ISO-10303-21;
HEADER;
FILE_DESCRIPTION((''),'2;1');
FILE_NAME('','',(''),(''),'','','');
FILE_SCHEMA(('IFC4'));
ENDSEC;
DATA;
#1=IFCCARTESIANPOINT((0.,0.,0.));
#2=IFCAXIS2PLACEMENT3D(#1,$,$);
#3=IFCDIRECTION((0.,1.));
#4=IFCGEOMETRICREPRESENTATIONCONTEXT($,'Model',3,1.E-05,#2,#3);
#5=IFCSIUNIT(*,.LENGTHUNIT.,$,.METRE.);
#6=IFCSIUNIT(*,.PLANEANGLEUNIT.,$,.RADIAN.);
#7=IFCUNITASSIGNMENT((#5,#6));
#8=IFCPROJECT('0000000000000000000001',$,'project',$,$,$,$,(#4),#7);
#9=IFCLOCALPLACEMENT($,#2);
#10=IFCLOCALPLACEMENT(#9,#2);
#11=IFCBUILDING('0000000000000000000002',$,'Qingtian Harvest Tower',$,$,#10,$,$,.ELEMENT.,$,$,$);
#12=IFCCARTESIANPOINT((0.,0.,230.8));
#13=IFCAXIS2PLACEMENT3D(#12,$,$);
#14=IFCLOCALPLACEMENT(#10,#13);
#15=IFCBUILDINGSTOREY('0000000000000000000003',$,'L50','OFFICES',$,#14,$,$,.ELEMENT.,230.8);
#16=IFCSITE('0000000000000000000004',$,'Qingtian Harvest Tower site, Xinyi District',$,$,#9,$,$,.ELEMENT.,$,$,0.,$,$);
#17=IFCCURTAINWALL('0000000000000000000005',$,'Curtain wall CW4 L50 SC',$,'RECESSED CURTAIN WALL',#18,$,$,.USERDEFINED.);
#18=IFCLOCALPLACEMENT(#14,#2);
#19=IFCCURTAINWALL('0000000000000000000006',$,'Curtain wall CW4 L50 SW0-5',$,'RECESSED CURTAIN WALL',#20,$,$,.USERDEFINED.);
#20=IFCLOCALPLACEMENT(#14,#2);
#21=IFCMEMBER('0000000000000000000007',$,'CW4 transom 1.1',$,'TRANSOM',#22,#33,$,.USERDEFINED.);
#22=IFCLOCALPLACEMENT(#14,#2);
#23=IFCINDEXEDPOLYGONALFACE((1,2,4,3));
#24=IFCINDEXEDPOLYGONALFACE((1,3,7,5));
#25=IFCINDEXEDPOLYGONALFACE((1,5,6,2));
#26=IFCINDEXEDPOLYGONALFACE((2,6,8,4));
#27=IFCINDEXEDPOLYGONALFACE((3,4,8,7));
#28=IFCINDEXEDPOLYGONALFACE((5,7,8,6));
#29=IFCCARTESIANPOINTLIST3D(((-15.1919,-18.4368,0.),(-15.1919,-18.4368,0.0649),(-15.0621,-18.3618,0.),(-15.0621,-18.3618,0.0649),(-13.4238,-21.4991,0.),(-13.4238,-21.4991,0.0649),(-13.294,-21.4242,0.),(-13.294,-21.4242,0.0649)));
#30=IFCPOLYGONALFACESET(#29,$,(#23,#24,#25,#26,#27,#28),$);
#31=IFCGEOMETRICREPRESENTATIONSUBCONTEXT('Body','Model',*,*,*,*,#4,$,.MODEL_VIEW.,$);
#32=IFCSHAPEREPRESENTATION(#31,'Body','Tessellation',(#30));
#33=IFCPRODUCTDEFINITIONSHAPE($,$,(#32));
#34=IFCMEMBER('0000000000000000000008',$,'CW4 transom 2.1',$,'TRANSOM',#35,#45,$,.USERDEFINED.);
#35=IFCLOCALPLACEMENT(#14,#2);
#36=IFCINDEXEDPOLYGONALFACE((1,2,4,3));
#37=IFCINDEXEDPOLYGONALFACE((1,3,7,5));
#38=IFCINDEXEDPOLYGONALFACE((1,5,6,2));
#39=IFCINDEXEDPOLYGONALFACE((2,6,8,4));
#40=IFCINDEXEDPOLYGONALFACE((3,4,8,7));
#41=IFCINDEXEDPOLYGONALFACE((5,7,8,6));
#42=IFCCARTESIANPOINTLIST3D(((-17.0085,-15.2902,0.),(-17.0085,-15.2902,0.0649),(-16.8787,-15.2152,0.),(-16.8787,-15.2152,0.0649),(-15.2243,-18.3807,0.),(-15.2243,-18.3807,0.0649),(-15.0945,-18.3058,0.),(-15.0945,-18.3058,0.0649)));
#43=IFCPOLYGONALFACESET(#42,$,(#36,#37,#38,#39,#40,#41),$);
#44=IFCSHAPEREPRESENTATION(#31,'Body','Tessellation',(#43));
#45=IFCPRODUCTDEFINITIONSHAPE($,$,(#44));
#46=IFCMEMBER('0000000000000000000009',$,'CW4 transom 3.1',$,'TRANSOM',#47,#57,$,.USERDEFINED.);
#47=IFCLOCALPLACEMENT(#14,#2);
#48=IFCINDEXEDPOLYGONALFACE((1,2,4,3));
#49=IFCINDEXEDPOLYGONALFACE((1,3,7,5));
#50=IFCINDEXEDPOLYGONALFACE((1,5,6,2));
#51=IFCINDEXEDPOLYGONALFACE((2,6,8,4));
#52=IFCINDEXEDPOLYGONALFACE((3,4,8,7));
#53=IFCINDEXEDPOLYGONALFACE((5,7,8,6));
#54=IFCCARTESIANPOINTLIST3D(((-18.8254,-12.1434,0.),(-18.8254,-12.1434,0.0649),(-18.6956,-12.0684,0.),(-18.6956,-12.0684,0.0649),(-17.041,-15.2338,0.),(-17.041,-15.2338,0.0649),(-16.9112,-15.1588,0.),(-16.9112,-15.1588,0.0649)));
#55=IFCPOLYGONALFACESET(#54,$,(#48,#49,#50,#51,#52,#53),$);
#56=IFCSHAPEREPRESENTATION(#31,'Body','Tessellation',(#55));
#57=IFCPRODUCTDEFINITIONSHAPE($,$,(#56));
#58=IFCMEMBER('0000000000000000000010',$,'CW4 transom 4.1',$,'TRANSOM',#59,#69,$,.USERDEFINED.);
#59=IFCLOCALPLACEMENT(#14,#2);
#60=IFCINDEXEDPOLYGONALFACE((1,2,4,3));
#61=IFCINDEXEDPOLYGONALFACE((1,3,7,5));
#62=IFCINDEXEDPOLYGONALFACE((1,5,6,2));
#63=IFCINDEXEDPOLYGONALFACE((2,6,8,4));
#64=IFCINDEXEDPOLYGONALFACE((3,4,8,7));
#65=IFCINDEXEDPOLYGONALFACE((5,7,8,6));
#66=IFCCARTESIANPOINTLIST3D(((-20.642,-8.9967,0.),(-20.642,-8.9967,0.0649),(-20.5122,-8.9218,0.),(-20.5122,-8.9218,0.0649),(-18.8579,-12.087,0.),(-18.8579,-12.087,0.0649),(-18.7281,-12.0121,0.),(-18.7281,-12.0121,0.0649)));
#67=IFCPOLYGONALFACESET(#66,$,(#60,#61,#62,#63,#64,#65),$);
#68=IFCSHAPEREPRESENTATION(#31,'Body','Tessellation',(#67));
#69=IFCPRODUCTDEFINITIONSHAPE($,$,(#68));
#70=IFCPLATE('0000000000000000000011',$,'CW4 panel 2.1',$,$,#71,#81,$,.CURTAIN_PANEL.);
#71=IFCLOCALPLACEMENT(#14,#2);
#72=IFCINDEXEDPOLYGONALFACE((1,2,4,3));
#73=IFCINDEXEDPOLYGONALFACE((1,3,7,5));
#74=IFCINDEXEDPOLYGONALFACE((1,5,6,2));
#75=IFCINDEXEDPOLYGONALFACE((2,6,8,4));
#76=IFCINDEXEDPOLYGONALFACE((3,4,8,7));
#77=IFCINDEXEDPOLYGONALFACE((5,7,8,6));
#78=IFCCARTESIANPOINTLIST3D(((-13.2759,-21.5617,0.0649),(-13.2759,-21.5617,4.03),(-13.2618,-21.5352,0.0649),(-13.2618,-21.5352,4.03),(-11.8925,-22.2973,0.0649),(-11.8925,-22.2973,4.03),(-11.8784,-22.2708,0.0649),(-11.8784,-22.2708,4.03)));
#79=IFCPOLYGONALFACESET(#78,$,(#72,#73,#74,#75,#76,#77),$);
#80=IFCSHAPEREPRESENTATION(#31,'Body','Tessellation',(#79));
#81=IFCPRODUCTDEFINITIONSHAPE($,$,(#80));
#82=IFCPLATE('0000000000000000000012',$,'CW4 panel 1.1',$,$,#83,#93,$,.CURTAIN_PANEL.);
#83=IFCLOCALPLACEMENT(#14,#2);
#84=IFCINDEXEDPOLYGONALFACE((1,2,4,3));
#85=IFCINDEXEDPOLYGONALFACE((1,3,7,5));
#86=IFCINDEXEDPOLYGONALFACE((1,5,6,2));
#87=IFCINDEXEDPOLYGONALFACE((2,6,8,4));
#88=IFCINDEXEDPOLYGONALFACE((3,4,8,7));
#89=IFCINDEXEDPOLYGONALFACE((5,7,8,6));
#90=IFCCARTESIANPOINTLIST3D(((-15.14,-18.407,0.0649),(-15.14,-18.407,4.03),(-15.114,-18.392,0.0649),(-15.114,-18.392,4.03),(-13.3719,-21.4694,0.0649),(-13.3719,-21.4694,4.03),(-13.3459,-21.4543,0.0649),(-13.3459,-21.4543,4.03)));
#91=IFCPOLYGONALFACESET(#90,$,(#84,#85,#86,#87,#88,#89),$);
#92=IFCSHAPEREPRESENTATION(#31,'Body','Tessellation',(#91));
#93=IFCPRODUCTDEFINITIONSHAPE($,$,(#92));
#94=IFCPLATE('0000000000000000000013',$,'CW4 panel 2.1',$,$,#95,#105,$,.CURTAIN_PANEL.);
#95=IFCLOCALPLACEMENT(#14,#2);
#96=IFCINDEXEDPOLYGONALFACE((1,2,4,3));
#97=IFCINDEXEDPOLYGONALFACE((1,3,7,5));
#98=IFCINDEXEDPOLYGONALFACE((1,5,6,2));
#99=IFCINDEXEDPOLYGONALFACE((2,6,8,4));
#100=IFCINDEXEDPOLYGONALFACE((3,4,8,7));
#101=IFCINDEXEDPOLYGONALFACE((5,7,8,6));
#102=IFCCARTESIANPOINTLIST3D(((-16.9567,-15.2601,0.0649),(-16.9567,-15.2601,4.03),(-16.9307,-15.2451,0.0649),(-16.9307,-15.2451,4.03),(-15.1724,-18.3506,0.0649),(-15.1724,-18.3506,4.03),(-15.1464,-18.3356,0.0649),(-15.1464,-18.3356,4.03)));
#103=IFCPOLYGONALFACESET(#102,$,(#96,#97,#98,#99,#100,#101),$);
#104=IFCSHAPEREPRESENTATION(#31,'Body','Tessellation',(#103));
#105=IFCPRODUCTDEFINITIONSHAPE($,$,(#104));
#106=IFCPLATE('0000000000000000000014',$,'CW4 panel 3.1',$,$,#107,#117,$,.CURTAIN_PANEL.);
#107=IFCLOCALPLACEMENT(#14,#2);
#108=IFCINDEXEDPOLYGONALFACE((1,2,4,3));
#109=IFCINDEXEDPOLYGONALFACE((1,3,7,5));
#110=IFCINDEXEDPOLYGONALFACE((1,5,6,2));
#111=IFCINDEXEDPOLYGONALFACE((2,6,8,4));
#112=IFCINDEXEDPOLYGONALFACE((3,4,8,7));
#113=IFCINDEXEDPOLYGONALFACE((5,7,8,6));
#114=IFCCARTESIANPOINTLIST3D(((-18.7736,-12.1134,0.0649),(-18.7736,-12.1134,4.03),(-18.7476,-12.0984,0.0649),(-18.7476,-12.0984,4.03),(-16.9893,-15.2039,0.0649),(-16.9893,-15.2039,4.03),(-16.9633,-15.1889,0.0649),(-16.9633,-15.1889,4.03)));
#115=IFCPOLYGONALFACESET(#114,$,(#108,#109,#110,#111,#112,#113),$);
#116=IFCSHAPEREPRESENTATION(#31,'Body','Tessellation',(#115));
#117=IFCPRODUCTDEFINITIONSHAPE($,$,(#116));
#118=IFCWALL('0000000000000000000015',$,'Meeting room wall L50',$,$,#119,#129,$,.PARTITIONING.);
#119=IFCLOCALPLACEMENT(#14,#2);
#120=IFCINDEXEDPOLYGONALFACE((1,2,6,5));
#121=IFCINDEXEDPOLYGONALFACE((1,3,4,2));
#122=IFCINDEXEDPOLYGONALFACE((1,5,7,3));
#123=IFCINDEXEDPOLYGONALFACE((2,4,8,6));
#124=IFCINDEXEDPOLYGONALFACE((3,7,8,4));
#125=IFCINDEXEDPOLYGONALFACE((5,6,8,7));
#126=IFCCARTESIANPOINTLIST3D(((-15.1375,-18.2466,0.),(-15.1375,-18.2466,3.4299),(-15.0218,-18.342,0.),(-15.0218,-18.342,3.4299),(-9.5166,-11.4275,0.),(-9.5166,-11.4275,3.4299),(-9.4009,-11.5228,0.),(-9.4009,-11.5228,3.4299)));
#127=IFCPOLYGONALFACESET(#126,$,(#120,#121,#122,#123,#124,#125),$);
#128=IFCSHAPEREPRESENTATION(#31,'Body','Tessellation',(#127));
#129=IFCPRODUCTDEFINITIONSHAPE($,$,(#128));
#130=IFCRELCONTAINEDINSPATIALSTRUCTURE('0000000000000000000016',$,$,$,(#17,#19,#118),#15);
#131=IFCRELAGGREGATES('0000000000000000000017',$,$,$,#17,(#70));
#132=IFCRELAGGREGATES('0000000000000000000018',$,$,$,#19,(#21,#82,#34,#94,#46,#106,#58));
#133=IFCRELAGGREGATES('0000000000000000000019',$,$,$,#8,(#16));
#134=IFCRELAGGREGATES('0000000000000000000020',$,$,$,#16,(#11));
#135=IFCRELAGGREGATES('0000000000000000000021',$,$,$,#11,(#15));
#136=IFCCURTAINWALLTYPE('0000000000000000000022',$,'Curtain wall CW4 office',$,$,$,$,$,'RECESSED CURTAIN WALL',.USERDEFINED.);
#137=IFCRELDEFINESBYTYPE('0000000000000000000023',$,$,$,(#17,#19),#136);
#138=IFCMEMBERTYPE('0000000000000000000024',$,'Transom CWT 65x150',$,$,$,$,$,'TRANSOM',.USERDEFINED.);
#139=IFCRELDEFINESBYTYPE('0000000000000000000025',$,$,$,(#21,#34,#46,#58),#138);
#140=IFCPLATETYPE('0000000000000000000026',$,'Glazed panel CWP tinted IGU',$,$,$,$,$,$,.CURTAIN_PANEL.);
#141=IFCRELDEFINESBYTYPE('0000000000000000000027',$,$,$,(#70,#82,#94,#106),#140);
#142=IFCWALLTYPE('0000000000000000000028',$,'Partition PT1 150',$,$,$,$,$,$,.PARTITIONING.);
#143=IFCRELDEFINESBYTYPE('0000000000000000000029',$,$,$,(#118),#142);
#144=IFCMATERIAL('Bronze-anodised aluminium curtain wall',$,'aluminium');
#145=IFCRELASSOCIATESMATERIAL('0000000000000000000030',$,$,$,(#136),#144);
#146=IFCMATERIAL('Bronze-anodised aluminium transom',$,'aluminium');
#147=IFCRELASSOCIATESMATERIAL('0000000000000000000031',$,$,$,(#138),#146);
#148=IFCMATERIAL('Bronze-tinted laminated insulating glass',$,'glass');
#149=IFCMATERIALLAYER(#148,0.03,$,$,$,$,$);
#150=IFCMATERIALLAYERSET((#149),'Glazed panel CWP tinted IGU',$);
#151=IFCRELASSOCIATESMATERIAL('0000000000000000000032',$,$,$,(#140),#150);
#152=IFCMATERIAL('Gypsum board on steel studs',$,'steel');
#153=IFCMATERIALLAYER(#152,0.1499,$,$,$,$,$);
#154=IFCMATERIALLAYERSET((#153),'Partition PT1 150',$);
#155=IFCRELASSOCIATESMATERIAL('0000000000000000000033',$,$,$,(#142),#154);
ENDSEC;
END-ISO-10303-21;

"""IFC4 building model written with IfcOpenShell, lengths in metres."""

from ifc_helpers import new_model, si_unit, direction, frame, frame_2d, origin, origin_2d, place, context, subcontext, project, spatial, rectangle, extrude, material, layer, layer_set, material_profile, profile_set, type_object, element, aggregate, save


model = new_model("IFC4")

# Units and contexts
model_context = context("Model", 3, precision=1e-05, world=origin(), true_north=direction((0.0, 1.0)))
body_context = subcontext(model_context, "Body", "Model", "MODEL_VIEW")
ifc_project = project(units=[si_unit("LENGTHUNIT", "METRE"), si_unit("PLANEANGLEUNIT", "RADIAN")], contexts=[model_context])

# Site, building, storey
site_placement = place(None, origin())
site = spatial("IfcSite", under=ifc_project, at=site_placement, Name="Qingtian Harvest Tower site, Xinyi District", CompositionType="ELEMENT", RefElevation=0.0)
building_placement = place(site_placement, origin())
building = spatial("IfcBuilding", under=site, at=building_placement, Name="Qingtian Harvest Tower", CompositionType="ELEMENT")
storey_placement = place(building_placement, frame((0.0, 0.0, 230.8)))
storey = spatial("IfcBuildingStorey", under=building, at=storey_placement, Name="L50", Description="OFFICES", CompositionType="ELEMENT", Elevation=230.8)

# Curtain wall
ifc_material_1 = material(Name="Bronze-anodised aluminium curtain wall", Category="aluminium")
curtain_wall_type = type_object("IfcCurtainWallType", Name="Curtain wall CW4 office", ElementType="RECESSED CURTAIN WALL", PredefinedType="USERDEFINED", material=ifc_material_1)
curtain_wall_1_placement = place(storey_placement, origin())
curtain_wall_1 = element("IfcCurtainWall", 1, at=curtain_wall_1_placement, inside=storey, type_object=curtain_wall_type, Name="Curtain wall CW4 L50 SC", ObjectType="RECESSED CURTAIN WALL", PredefinedType="USERDEFINED")

# Curtain wall
curtain_wall_2_placement = place(storey_placement, origin())
curtain_wall_2 = element("IfcCurtainWall", 2, at=curtain_wall_2_placement, inside=storey, type_object=curtain_wall_type, Name="Curtain wall CW4 L50 SW0-5", ObjectType="RECESSED CURTAIN WALL", PredefinedType="USERDEFINED")

# Members
ifc_material_2 = material(Name="Bronze-anodised aluminium transom", Category="aluminium")
ifc_material_profile_1 = material_profile(ifc_material_2, rectangle(XDim=0.1499, YDim=0.0649, at=origin_2d()), Name="AL 65x150")
ifc_profile_set_1 = profile_set([ifc_material_profile_1], Name="Bronze-anodised aluminium transom")
member_type_1 = type_object("IfcMemberType", Name="Transom CWT 65x150", ElementType="TRANSOM", PredefinedType="USERDEFINED", material=ifc_profile_set_1)
member_1_placement = place(storey_placement, frame((-13.3589, -21.4617, 0.0325), z_axis=(-0.500015, 0.866017, 0.0), x_axis=(-0.866017, -0.500015, 0.0)))
member_1 = element("IfcMember", 3, at=member_1_placement, type_object=member_type_1, Name="CW4 transom 1.1", ObjectType="TRANSOM", PredefinedType="USERDEFINED", context=body_context, shape_type="SweptSolid", body=[
    extrude(rectangle(XDim=0.1499, YDim=0.0649, at=origin_2d()), origin(), (0.0, 0.0, 1.0), 3.5361),
])
member_2_placement = place(storey_placement, frame((-15.1594, -18.3433, 0.0325), z_axis=(-0.499965, 0.866045, 0.0), x_axis=(-0.866045, -0.499965, 0.0)))
member_2 = element("IfcMember", 4, at=member_2_placement, type_object=member_type_1, Name="CW4 transom 2.1", ObjectType="TRANSOM", PredefinedType="USERDEFINED", context=body_context, shape_type="SweptSolid", body=[
    extrude(rectangle(XDim=0.1499, YDim=0.0649, at=origin_2d()), origin(), (0.0, 0.0, 1.0), 3.5686),
])
member_3_placement = place(storey_placement, frame((-16.9761, -15.1963, 0.0325), z_axis=(-0.500046, 0.865999, 0.0), x_axis=(-0.865999, -0.500046, 0.0)))
member_3 = element("IfcMember", 5, at=member_3_placement, type_object=member_type_1, Name="CW4 transom 3.1", ObjectType="TRANSOM", PredefinedType="USERDEFINED", context=body_context, shape_type="SweptSolid", body=[
    extrude(rectangle(XDim=0.1499, YDim=0.0649, at=origin_2d()), origin(), (0.0, 0.0, 1.0), 3.5686),
])
member_4_placement = place(storey_placement, frame((-18.793, -12.0496, 0.0325), z_axis=(-0.499995, 0.866028, 0.0), x_axis=(-0.866028, -0.499995, 0.0)))
member_4 = element("IfcMember", 6, at=member_4_placement, type_object=member_type_1, Name="CW4 transom 4.1", ObjectType="TRANSOM", PredefinedType="USERDEFINED", context=body_context, shape_type="SweptSolid", body=[
    extrude(rectangle(XDim=0.1499, YDim=0.0649, at=origin_2d()), origin(), (0.0, 0.0, 1.0), 3.5684),
])

# Plates
ifc_material_3 = material(Name="Bronze-tinted laminated insulating glass", Category="glass")
ifc_layer_1 = layer(ifc_material_3, 0.03)
ifc_layer_set_1 = layer_set([ifc_layer_1], Name="Glazed panel CWP tinted IGU")
plate_type = type_object("IfcPlateType", Name="Glazed panel CWP tinted IGU", PredefinedType="CURTAIN_PANEL", material=ifc_layer_set_1)
plate_1_placement = place(storey_placement, frame((-12.5771, -21.9163, 0.0649), z_axis=(0.0, 0.0, 1.0), x_axis=(-0.882948, 0.469472, 0.0)))
plate_1 = element("IfcPlate", 7, at=plate_1_placement, type_object=plate_type, Name="CW4 panel 2.1", PredefinedType="CURTAIN_PANEL", context=body_context, shape_type="SweptSolid", body=[
    extrude(rectangle(XDim=1.5669, YDim=0.03, at=origin_2d()), origin(), (0.0, 0.0, 1.0), 3.9651),
])
aggregate(curtain_wall_1, [plate_1])
plate_2_placement = place(storey_placement, frame((-14.2429, -19.9307, 0.0649), z_axis=(0.0, 0.0, 1.0), x_axis=(-0.5, 0.866025, 0.0)))
plate_2 = element("IfcPlate", 8, at=plate_2_placement, type_object=plate_type, Name="CW4 panel 1.1", PredefinedType="CURTAIN_PANEL", context=body_context, shape_type="SweptSolid", body=[
    extrude(rectangle(XDim=3.5361, YDim=0.03, at=origin_2d()), origin(), (0.0, 0.0, 1.0), 3.9651),
])
plate_3_placement = place(storey_placement, frame((-16.0515, -16.7979, 0.0649), z_axis=(0.0, 0.0, 1.0), x_axis=(-0.5, 0.866025, 0.0)))
plate_3 = element("IfcPlate", 9, at=plate_3_placement, type_object=plate_type, Name="CW4 panel 2.1", PredefinedType="CURTAIN_PANEL", context=body_context, shape_type="SweptSolid", body=[
    extrude(rectangle(XDim=3.5686, YDim=0.03, at=origin_2d()), origin(), (0.0, 0.0, 1.0), 3.9651),
])
plate_4_placement = place(storey_placement, frame((-17.8684, -13.6511, 0.0649), z_axis=(0.0, 0.0, 1.0), x_axis=(-0.5, 0.866025, 0.0)))
plate_4 = element("IfcPlate", 10, at=plate_4_placement, type_object=plate_type, Name="CW4 panel 3.1", PredefinedType="CURTAIN_PANEL", context=body_context, shape_type="SweptSolid", body=[
    extrude(rectangle(XDim=3.5686, YDim=0.03, at=origin_2d()), origin(), (0.0, 0.0, 1.0), 3.9651),
])
aggregate(curtain_wall_2, [member_1, plate_2, member_2, plate_3, member_3, plate_4, member_4])

# Wall
ifc_material_4 = material(Name="Gypsum board on steel studs", Category="steel")
ifc_layer_2 = layer(ifc_material_4, 0.1499)
ifc_layer_set_2 = layer_set([ifc_layer_2], Name="Partition PT1 150")
wall_type = type_object("IfcWallType", Name="Partition PT1 150", PredefinedType="PARTITIONING", material=ifc_layer_set_2)
wall_placement = place(storey_placement, frame((-15.0796, -18.2942, 0.0), z_axis=(0.0, 0.0, 1.0), x_axis=(0.636053, 0.771645, 0.0)))
element("IfcWall", 11, at=wall_placement, inside=storey, type_object=wall_type, Name="Meeting room wall L50", PredefinedType="PARTITIONING", context=body_context, shape_type="SweptSolid", body=[
    extrude(rectangle(XDim=8.8372, YDim=0.1499, at=frame_2d((4.4185, 0.0))), origin(), (0.0, 0.0, 1.0), 3.4299),
])

save(model, "model.ifc")
